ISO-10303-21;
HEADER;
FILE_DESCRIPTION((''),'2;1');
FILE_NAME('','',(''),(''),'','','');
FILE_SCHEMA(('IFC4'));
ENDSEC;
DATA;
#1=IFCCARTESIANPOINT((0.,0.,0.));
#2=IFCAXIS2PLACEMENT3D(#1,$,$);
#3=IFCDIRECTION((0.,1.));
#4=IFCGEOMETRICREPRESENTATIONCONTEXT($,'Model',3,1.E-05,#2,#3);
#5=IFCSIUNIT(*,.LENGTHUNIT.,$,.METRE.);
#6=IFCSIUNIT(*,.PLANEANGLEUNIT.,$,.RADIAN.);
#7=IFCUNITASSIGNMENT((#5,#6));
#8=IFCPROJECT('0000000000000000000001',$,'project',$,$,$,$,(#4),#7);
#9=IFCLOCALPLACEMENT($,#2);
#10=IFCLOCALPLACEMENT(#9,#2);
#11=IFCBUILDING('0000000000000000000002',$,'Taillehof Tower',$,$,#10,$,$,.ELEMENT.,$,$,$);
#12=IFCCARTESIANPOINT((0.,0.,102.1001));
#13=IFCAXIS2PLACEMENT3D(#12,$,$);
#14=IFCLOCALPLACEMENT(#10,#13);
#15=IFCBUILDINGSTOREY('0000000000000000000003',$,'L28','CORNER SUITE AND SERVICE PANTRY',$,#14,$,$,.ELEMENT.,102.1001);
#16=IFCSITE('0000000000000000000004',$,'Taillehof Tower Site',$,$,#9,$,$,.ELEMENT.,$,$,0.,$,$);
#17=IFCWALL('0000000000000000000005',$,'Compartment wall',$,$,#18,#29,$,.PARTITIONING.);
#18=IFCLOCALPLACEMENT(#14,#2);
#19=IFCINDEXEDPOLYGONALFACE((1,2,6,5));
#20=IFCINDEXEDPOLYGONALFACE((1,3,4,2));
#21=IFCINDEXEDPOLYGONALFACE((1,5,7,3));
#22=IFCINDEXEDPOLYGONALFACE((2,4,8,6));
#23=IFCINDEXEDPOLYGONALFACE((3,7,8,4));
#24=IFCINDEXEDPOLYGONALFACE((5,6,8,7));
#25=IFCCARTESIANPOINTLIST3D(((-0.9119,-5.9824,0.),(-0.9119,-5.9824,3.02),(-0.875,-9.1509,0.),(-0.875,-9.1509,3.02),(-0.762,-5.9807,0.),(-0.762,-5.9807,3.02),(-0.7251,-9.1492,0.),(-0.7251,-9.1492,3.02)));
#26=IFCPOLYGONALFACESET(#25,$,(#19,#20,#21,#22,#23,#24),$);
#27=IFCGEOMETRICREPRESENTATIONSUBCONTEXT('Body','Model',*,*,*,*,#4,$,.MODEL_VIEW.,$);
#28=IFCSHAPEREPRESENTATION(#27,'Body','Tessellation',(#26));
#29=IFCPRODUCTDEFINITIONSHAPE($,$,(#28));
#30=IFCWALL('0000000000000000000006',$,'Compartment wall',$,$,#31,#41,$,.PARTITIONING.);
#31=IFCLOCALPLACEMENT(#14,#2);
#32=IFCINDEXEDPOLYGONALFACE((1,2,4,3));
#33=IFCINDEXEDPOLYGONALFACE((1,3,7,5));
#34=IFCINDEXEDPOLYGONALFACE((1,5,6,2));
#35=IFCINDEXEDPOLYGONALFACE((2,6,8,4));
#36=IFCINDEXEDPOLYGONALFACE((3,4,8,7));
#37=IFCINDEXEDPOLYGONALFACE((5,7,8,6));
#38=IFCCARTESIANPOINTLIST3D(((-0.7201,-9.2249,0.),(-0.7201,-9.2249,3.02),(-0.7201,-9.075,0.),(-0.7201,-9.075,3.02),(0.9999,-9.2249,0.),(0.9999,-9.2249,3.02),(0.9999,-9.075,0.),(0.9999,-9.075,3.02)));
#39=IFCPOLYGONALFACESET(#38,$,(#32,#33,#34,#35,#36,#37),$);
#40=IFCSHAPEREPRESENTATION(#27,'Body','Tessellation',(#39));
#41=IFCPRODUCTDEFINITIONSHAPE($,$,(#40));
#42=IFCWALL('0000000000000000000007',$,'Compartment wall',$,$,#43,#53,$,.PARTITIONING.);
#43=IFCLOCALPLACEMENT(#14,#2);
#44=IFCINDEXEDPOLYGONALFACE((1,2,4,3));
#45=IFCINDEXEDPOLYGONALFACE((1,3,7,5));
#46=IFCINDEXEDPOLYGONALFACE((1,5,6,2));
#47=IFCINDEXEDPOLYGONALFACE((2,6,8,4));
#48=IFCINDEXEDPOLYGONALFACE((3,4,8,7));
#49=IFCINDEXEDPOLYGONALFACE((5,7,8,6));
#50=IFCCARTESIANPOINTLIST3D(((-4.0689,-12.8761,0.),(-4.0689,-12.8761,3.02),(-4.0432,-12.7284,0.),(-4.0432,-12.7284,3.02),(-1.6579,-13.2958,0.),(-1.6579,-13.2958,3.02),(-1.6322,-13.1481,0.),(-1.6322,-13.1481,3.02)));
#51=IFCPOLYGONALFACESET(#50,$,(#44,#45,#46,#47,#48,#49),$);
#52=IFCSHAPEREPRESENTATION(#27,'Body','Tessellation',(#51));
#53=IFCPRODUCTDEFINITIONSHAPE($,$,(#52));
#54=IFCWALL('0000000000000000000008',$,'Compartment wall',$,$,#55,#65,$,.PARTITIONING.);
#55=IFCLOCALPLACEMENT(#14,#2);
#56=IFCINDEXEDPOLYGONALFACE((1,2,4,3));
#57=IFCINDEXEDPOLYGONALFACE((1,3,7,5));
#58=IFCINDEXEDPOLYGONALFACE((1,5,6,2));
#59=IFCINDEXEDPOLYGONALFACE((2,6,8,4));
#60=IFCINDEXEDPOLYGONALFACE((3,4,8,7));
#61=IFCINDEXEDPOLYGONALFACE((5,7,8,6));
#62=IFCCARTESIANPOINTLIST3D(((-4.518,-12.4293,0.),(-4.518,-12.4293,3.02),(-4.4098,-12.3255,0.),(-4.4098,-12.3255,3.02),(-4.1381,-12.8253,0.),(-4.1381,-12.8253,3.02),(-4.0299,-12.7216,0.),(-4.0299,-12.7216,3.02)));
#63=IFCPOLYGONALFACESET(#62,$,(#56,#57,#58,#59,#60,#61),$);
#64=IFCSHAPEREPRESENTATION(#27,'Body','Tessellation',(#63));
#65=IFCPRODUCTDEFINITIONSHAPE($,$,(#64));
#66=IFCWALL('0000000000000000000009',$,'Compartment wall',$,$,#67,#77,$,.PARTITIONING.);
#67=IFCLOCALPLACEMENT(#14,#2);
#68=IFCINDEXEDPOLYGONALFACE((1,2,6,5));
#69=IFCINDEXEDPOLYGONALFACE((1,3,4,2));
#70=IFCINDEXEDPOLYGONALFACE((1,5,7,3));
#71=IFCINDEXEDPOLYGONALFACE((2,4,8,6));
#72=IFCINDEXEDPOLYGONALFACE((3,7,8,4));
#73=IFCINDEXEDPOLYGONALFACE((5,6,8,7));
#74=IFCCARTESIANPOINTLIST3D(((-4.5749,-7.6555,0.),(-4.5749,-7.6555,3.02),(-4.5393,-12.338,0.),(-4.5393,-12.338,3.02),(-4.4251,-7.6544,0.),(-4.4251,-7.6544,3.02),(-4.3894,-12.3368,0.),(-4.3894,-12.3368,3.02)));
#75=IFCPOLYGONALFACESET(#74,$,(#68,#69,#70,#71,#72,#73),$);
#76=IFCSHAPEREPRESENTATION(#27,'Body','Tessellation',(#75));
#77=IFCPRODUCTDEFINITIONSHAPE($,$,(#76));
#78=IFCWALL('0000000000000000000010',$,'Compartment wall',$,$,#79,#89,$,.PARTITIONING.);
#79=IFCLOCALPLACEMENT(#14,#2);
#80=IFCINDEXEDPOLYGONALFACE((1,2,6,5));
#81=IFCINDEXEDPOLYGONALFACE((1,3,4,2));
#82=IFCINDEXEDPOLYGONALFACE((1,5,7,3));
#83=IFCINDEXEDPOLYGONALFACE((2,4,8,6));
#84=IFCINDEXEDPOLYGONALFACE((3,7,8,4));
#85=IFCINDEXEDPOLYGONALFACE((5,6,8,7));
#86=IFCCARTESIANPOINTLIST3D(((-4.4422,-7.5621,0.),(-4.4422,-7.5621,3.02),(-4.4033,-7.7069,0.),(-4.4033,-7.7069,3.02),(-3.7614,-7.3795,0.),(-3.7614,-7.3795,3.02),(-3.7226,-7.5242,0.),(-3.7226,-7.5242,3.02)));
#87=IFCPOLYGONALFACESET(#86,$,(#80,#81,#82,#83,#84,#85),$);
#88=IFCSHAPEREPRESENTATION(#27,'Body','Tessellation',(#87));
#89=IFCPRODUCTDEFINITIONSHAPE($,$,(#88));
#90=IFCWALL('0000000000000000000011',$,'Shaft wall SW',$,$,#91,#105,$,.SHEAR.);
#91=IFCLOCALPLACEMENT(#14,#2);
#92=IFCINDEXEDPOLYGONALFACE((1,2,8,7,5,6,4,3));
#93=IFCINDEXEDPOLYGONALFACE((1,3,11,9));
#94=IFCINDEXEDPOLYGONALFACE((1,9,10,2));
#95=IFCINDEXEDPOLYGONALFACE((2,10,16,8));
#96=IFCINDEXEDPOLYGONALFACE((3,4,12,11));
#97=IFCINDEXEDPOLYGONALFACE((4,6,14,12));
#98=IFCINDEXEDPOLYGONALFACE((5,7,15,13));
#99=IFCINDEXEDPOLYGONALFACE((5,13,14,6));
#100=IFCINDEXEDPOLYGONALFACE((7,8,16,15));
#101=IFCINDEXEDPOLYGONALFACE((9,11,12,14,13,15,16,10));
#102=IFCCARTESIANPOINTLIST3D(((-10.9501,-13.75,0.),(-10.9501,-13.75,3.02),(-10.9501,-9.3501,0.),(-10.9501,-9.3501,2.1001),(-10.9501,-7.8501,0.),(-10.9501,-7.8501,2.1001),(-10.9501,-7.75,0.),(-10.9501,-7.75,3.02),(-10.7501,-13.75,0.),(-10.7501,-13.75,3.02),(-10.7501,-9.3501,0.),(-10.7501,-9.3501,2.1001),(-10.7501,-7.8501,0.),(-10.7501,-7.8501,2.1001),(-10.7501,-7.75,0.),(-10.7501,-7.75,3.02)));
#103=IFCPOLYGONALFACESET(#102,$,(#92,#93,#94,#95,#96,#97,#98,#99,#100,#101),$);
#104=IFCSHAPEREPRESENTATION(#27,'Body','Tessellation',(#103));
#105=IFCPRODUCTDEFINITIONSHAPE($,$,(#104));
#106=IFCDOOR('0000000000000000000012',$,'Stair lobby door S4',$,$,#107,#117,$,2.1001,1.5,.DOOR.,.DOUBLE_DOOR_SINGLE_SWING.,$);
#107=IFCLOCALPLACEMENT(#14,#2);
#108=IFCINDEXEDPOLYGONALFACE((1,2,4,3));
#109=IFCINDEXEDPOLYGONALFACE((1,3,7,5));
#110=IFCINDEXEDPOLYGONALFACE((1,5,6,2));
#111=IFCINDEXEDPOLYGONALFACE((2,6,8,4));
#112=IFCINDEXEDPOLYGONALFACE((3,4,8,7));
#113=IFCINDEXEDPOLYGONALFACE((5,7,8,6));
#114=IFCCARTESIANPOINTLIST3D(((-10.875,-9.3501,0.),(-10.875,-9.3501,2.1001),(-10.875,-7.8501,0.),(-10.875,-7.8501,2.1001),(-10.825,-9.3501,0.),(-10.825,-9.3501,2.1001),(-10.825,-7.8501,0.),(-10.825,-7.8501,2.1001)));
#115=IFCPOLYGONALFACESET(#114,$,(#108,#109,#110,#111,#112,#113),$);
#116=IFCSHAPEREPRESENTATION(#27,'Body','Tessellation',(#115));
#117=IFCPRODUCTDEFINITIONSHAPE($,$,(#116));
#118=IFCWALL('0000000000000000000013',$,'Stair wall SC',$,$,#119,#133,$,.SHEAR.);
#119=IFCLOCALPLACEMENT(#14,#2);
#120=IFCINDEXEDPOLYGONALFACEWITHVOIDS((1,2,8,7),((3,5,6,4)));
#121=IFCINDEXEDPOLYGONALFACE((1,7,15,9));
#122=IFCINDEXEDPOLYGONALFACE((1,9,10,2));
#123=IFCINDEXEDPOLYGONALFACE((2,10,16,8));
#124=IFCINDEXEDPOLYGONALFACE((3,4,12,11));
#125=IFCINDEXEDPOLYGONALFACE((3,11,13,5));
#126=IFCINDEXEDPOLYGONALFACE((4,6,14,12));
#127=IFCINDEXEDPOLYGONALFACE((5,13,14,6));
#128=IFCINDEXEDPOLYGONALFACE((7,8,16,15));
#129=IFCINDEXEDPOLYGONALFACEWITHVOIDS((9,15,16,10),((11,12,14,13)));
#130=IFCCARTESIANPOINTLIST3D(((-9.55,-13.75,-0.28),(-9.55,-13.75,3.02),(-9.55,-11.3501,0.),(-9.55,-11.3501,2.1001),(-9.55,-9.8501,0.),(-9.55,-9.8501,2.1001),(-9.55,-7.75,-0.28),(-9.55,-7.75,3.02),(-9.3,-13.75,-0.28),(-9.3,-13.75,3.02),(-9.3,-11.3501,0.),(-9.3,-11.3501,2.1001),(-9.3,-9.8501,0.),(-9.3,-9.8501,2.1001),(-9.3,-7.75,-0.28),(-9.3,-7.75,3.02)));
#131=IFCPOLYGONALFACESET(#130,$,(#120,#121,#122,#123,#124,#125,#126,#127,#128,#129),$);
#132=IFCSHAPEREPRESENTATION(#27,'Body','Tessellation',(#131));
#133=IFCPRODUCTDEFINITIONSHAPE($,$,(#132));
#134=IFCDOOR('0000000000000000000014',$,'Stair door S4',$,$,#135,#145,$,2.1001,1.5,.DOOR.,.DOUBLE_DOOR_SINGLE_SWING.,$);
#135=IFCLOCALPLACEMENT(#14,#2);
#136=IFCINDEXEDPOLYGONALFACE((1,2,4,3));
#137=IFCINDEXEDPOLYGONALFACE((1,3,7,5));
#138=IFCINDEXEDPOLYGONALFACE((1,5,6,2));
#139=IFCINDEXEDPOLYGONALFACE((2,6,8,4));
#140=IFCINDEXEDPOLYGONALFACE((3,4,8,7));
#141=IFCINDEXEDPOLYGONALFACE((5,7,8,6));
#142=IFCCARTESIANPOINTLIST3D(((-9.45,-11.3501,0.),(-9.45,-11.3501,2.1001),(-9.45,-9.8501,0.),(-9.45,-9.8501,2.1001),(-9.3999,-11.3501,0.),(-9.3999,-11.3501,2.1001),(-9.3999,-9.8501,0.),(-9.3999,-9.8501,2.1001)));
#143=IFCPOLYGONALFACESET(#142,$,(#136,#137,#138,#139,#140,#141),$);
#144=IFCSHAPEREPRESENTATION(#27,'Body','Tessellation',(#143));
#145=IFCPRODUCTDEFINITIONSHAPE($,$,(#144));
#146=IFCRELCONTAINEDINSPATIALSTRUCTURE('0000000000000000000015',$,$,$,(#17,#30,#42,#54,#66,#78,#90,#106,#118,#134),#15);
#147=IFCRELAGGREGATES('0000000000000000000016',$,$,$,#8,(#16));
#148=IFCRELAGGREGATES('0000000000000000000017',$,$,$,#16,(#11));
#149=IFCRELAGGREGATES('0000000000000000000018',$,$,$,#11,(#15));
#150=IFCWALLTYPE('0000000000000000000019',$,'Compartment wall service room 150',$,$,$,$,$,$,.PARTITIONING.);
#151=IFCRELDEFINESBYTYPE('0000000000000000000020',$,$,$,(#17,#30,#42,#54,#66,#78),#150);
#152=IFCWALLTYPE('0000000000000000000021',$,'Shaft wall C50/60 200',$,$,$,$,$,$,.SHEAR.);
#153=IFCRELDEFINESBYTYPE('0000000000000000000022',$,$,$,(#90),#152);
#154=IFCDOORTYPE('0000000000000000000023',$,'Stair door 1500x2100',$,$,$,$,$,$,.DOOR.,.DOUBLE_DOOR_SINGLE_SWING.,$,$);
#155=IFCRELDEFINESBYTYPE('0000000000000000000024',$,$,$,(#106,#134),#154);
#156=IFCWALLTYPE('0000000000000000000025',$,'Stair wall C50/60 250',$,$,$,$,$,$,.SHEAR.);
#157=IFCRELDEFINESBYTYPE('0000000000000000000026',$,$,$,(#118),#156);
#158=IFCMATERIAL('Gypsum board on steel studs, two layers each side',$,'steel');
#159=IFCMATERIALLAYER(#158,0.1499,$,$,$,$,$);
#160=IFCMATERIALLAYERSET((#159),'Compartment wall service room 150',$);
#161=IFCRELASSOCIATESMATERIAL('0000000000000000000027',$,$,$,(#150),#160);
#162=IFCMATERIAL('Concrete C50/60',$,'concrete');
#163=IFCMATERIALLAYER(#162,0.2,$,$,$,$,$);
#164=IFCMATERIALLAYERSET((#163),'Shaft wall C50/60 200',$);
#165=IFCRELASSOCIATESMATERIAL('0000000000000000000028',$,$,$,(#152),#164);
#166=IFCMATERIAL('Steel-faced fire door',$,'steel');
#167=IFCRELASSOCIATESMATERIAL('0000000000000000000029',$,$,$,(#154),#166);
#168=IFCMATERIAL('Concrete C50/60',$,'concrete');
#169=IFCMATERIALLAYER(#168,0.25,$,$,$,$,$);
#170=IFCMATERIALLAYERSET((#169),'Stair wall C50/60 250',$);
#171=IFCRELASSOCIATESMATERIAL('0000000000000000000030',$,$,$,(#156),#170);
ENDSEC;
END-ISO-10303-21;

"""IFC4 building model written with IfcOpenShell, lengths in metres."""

from ifc_helpers import new_model, si_unit, direction, frame, frame_2d, origin, place, context, subcontext, project, spatial, rectangle, extrude, material, layer, layer_set, type_object, element, fill, save


model = new_model("IFC4")

# Units and contexts
model_context = context("Model", 3, precision=1e-05, world=origin(), true_north=direction((0.0, 1.0)))
body_context = subcontext(model_context, "Body", "Model", "MODEL_VIEW")
ifc_project = project(units=[si_unit("LENGTHUNIT", "METRE"), si_unit("PLANEANGLEUNIT", "RADIAN")], contexts=[model_context])

# Site, building, storey
site_placement = place(None, origin())
site = spatial("IfcSite", under=ifc_project, at=site_placement, Name="Taillehof Tower Site", CompositionType="ELEMENT", RefElevation=0.0)
building_placement = place(site_placement, origin())
building = spatial("IfcBuilding", under=site, at=building_placement, Name="Taillehof Tower", CompositionType="ELEMENT")
storey_placement = place(building_placement, frame((0.0, 0.0, 102.1001)))
storey = spatial("IfcBuildingStorey", under=building, at=storey_placement, Name="L28", Description="CORNER SUITE AND SERVICE PANTRY", CompositionType="ELEMENT", Elevation=102.1001)

# Shared definitions
ifc_material_1 = material(Name="Gypsum board on steel studs, two layers each side", Category="steel")
ifc_layer_1 = layer(ifc_material_1, 0.1499)
ifc_layer_set_1 = layer_set([ifc_layer_1], Name="Compartment wall service room 150")
wall_type_1 = type_object("IfcWallType", Name="Compartment wall service room 150", PredefinedType="PARTITIONING", material=ifc_layer_set_1)

# Walls
wall_1_placement = place(storey_placement, frame((-0.8369, -5.9814, 0.0), z_axis=(0.0, 0.0, 1.0), x_axis=(0.011634, -0.999932, 0.0)))
element("IfcWall", 1, at=wall_1_placement, inside=storey, type_object=wall_type_1, Name="Compartment wall", PredefinedType="PARTITIONING", context=body_context, shape_type="SweptSolid", body=[
    extrude(rectangle(XDim=3.1687, YDim=0.1499, at=frame_2d((1.5845, 0.0))), origin(), (0.0, 0.0, 1.0), 3.02),
])
wall_2_placement = place(storey_placement, frame((-0.72, -9.1499, 0.0), z_axis=(0.0, 0.0, 1.0), x_axis=(1.0, 0.0, 0.0)))
element("IfcWall", 2, at=wall_2_placement, inside=storey, type_object=wall_type_1, Name="Compartment wall", PredefinedType="PARTITIONING", context=body_context, shape_type="SweptSolid", body=[
    extrude(rectangle(XDim=1.72, YDim=0.1499, at=frame_2d((0.8599, 0.0))), origin(), (0.0, 0.0, 1.0), 3.02),
])
wall_3_placement = place(storey_placement, frame((-1.645, -13.2219, 0.0), z_axis=(0.0, 0.0, 1.0), x_axis=(-0.985188, 0.17148, 0.0)))
element("IfcWall", 3, at=wall_3_placement, inside=storey, type_object=wall_type_1, Name="Compartment wall", PredefinedType="PARTITIONING", context=body_context, shape_type="SweptSolid", body=[
    extrude(rectangle(XDim=2.4473, YDim=0.1499, at=frame_2d((1.2236, 0.0))), origin(), (0.0, 0.0, 1.0), 3.02),
])
wall_4_placement = place(storey_placement, frame((-4.084, -12.7734, 0.0), z_axis=(0.0, 0.0, 1.0), x_axis=(-0.692272, 0.721636, 0.0)))
element("IfcWall", 4, at=wall_4_placement, inside=storey, type_object=wall_type_1, Name="Compartment wall", PredefinedType="PARTITIONING", context=body_context, shape_type="SweptSolid", body=[
    extrude(rectangle(XDim=0.5488, YDim=0.1499, at=frame_2d((0.2744, 0.0))), origin(), (0.0, 0.0, 1.0), 3.02),
])
wall_5_placement = place(storey_placement, frame((-4.4644, -12.3374, 0.0), z_axis=(0.0, 0.0, 1.0), x_axis=(-0.007612, 0.999971, 0.0)))
element("IfcWall", 5, at=wall_5_placement, inside=storey, type_object=wall_type_1, Name="Compartment wall", PredefinedType="PARTITIONING", context=body_context, shape_type="SweptSolid", body=[
    extrude(rectangle(XDim=4.6826, YDim=0.1499, at=frame_2d((2.3413, 0.0))), origin(), (0.0, 0.0, 1.0), 3.02),
])
wall_6_placement = place(storey_placement, frame((-4.4229, -7.6345, 0.0), z_axis=(0.0, 0.0, 1.0), x_axis=(0.965843, 0.259129, 0.0)))
element("IfcWall", 6, at=wall_6_placement, inside=storey, type_object=wall_type_1, Name="Compartment wall", PredefinedType="PARTITIONING", context=body_context, shape_type="SweptSolid", body=[
    extrude(rectangle(XDim=0.7048, YDim=0.1499, at=frame_2d((0.3525, 0.0))), origin(), (0.0, 0.0, 1.0), 3.02),
])

# Walls, openings, doors
ifc_material_2 = material(Name="Concrete C50/60", Category="concrete")
ifc_layer_2 = layer(ifc_material_2, 0.2)
ifc_layer_set_2 = layer_set([ifc_layer_2], Name="Shaft wall C50/60 200")
wall_type_2 = type_object("IfcWallType", Name="Shaft wall C50/60 200", PredefinedType="SHEAR", material=ifc_layer_set_2)
wall_7_placement = place(storey_placement, frame((-10.8501, -13.75, 0.0), z_axis=(0.0, 0.0, 1.0), x_axis=(0.0, 1.0, 0.0)))
wall_7 = element("IfcWall", 7, at=wall_7_placement, inside=storey, type_object=wall_type_2, Name="Shaft wall SW", PredefinedType="SHEAR", context=body_context, shape_type="SweptSolid", body=[
    extrude(rectangle(XDim=6.0, YDim=0.2, at=frame_2d((3.0, 0.0))), origin(), (0.0, 0.0, 1.0), 3.02),
])
opening_1_placement = place(wall_7_placement, frame((4.3999, 0.0, 0.0)))
opening_1 = element("IfcOpeningElement", 8, at=opening_1_placement, cuts=wall_7, PredefinedType="OPENING", context=body_context, shape_type="SweptSolid", body=[
    extrude(rectangle(XDim=1.5, YDim=2.1001, at=frame_2d((0.75, 1.05))), frame((0.0, 0.1099, 0.0), z_axis=(0.0, -1.0, 0.0), x_axis=(1.0, 0.0, 0.0)), (0.0, 0.0, 1.0), 0.22),
])
ifc_material_3 = material(Name="Steel-faced fire door", Category="steel")
door_type_1 = type_object("IfcDoorType", Name="Stair door 1500x2100", OperationType="DOUBLE_DOOR_SINGLE_SWING", PredefinedType="DOOR", material=ifc_material_3)
door_1_placement = place(opening_1_placement, origin())
door_1 = element("IfcDoor", 9, at=door_1_placement, inside=storey, type_object=door_type_1, Name="Stair lobby door S4", OperationType="DOUBLE_DOOR_SINGLE_SWING", OverallHeight=2.1001, OverallWidth=1.5, PredefinedType="DOOR", context=body_context, shape_type="SweptSolid", body=[
    extrude(rectangle(XDim=1.5, YDim=2.1001, at=frame_2d((0.75, 1.05))), frame((0.0, 0.0249, 0.0), z_axis=(0.0, -1.0, 0.0), x_axis=(1.0, 0.0, 0.0)), (0.0, 0.0, 1.0), 0.05),
])
fill(opening_1, door_1)
ifc_material_4 = material(Name="Concrete C50/60", Category="concrete")
ifc_layer_3 = layer(ifc_material_4, 0.25)
ifc_layer_set_3 = layer_set([ifc_layer_3], Name="Stair wall C50/60 250")
wall_type_3 = type_object("IfcWallType", Name="Stair wall C50/60 250", PredefinedType="SHEAR", material=ifc_layer_set_3)
wall_8_placement = place(storey_placement, frame((-9.425, -13.75, -0.28), z_axis=(0.0, 0.0, 1.0), x_axis=(0.0, 1.0, 0.0)))
wall_8 = element("IfcWall", 10, at=wall_8_placement, inside=storey, type_object=wall_type_3, Name="Stair wall SC", PredefinedType="SHEAR", context=body_context, shape_type="SweptSolid", body=[
    extrude(rectangle(XDim=6.0, YDim=0.25, at=frame_2d((3.0, 0.0))), origin(), (0.0, 0.0, 1.0), 3.3),
])
opening_2_placement = place(wall_8_placement, frame((2.3999, 0.0, 0.28)))
opening_2 = element("IfcOpeningElement", 11, at=opening_2_placement, cuts=wall_8, PredefinedType="OPENING", context=body_context, shape_type="SweptSolid", body=[
    extrude(rectangle(XDim=1.5, YDim=2.1001, at=frame_2d((0.75, 1.05))), frame((0.0, 0.135, 0.0), z_axis=(0.0, -1.0, 0.0), x_axis=(1.0, 0.0, 0.0)), (0.0, 0.0, 1.0), 0.27),
])
door_2_placement = place(opening_2_placement, origin())
door_2 = element("IfcDoor", 12, at=door_2_placement, inside=storey, type_object=door_type_1, Name="Stair door S4", OperationType="DOUBLE_DOOR_SINGLE_SWING", OverallHeight=2.1001, OverallWidth=1.5, PredefinedType="DOOR", context=body_context, shape_type="SweptSolid", body=[
    extrude(rectangle(XDim=1.5, YDim=2.1001, at=frame_2d((0.75, 1.05))), frame((0.0, 0.0249, 0.0), z_axis=(0.0, -1.0, 0.0), x_axis=(1.0, 0.0, 0.0)), (0.0, 0.0, 1.0), 0.05),
])
fill(opening_2, door_2)

save(model, "model.ifc")
